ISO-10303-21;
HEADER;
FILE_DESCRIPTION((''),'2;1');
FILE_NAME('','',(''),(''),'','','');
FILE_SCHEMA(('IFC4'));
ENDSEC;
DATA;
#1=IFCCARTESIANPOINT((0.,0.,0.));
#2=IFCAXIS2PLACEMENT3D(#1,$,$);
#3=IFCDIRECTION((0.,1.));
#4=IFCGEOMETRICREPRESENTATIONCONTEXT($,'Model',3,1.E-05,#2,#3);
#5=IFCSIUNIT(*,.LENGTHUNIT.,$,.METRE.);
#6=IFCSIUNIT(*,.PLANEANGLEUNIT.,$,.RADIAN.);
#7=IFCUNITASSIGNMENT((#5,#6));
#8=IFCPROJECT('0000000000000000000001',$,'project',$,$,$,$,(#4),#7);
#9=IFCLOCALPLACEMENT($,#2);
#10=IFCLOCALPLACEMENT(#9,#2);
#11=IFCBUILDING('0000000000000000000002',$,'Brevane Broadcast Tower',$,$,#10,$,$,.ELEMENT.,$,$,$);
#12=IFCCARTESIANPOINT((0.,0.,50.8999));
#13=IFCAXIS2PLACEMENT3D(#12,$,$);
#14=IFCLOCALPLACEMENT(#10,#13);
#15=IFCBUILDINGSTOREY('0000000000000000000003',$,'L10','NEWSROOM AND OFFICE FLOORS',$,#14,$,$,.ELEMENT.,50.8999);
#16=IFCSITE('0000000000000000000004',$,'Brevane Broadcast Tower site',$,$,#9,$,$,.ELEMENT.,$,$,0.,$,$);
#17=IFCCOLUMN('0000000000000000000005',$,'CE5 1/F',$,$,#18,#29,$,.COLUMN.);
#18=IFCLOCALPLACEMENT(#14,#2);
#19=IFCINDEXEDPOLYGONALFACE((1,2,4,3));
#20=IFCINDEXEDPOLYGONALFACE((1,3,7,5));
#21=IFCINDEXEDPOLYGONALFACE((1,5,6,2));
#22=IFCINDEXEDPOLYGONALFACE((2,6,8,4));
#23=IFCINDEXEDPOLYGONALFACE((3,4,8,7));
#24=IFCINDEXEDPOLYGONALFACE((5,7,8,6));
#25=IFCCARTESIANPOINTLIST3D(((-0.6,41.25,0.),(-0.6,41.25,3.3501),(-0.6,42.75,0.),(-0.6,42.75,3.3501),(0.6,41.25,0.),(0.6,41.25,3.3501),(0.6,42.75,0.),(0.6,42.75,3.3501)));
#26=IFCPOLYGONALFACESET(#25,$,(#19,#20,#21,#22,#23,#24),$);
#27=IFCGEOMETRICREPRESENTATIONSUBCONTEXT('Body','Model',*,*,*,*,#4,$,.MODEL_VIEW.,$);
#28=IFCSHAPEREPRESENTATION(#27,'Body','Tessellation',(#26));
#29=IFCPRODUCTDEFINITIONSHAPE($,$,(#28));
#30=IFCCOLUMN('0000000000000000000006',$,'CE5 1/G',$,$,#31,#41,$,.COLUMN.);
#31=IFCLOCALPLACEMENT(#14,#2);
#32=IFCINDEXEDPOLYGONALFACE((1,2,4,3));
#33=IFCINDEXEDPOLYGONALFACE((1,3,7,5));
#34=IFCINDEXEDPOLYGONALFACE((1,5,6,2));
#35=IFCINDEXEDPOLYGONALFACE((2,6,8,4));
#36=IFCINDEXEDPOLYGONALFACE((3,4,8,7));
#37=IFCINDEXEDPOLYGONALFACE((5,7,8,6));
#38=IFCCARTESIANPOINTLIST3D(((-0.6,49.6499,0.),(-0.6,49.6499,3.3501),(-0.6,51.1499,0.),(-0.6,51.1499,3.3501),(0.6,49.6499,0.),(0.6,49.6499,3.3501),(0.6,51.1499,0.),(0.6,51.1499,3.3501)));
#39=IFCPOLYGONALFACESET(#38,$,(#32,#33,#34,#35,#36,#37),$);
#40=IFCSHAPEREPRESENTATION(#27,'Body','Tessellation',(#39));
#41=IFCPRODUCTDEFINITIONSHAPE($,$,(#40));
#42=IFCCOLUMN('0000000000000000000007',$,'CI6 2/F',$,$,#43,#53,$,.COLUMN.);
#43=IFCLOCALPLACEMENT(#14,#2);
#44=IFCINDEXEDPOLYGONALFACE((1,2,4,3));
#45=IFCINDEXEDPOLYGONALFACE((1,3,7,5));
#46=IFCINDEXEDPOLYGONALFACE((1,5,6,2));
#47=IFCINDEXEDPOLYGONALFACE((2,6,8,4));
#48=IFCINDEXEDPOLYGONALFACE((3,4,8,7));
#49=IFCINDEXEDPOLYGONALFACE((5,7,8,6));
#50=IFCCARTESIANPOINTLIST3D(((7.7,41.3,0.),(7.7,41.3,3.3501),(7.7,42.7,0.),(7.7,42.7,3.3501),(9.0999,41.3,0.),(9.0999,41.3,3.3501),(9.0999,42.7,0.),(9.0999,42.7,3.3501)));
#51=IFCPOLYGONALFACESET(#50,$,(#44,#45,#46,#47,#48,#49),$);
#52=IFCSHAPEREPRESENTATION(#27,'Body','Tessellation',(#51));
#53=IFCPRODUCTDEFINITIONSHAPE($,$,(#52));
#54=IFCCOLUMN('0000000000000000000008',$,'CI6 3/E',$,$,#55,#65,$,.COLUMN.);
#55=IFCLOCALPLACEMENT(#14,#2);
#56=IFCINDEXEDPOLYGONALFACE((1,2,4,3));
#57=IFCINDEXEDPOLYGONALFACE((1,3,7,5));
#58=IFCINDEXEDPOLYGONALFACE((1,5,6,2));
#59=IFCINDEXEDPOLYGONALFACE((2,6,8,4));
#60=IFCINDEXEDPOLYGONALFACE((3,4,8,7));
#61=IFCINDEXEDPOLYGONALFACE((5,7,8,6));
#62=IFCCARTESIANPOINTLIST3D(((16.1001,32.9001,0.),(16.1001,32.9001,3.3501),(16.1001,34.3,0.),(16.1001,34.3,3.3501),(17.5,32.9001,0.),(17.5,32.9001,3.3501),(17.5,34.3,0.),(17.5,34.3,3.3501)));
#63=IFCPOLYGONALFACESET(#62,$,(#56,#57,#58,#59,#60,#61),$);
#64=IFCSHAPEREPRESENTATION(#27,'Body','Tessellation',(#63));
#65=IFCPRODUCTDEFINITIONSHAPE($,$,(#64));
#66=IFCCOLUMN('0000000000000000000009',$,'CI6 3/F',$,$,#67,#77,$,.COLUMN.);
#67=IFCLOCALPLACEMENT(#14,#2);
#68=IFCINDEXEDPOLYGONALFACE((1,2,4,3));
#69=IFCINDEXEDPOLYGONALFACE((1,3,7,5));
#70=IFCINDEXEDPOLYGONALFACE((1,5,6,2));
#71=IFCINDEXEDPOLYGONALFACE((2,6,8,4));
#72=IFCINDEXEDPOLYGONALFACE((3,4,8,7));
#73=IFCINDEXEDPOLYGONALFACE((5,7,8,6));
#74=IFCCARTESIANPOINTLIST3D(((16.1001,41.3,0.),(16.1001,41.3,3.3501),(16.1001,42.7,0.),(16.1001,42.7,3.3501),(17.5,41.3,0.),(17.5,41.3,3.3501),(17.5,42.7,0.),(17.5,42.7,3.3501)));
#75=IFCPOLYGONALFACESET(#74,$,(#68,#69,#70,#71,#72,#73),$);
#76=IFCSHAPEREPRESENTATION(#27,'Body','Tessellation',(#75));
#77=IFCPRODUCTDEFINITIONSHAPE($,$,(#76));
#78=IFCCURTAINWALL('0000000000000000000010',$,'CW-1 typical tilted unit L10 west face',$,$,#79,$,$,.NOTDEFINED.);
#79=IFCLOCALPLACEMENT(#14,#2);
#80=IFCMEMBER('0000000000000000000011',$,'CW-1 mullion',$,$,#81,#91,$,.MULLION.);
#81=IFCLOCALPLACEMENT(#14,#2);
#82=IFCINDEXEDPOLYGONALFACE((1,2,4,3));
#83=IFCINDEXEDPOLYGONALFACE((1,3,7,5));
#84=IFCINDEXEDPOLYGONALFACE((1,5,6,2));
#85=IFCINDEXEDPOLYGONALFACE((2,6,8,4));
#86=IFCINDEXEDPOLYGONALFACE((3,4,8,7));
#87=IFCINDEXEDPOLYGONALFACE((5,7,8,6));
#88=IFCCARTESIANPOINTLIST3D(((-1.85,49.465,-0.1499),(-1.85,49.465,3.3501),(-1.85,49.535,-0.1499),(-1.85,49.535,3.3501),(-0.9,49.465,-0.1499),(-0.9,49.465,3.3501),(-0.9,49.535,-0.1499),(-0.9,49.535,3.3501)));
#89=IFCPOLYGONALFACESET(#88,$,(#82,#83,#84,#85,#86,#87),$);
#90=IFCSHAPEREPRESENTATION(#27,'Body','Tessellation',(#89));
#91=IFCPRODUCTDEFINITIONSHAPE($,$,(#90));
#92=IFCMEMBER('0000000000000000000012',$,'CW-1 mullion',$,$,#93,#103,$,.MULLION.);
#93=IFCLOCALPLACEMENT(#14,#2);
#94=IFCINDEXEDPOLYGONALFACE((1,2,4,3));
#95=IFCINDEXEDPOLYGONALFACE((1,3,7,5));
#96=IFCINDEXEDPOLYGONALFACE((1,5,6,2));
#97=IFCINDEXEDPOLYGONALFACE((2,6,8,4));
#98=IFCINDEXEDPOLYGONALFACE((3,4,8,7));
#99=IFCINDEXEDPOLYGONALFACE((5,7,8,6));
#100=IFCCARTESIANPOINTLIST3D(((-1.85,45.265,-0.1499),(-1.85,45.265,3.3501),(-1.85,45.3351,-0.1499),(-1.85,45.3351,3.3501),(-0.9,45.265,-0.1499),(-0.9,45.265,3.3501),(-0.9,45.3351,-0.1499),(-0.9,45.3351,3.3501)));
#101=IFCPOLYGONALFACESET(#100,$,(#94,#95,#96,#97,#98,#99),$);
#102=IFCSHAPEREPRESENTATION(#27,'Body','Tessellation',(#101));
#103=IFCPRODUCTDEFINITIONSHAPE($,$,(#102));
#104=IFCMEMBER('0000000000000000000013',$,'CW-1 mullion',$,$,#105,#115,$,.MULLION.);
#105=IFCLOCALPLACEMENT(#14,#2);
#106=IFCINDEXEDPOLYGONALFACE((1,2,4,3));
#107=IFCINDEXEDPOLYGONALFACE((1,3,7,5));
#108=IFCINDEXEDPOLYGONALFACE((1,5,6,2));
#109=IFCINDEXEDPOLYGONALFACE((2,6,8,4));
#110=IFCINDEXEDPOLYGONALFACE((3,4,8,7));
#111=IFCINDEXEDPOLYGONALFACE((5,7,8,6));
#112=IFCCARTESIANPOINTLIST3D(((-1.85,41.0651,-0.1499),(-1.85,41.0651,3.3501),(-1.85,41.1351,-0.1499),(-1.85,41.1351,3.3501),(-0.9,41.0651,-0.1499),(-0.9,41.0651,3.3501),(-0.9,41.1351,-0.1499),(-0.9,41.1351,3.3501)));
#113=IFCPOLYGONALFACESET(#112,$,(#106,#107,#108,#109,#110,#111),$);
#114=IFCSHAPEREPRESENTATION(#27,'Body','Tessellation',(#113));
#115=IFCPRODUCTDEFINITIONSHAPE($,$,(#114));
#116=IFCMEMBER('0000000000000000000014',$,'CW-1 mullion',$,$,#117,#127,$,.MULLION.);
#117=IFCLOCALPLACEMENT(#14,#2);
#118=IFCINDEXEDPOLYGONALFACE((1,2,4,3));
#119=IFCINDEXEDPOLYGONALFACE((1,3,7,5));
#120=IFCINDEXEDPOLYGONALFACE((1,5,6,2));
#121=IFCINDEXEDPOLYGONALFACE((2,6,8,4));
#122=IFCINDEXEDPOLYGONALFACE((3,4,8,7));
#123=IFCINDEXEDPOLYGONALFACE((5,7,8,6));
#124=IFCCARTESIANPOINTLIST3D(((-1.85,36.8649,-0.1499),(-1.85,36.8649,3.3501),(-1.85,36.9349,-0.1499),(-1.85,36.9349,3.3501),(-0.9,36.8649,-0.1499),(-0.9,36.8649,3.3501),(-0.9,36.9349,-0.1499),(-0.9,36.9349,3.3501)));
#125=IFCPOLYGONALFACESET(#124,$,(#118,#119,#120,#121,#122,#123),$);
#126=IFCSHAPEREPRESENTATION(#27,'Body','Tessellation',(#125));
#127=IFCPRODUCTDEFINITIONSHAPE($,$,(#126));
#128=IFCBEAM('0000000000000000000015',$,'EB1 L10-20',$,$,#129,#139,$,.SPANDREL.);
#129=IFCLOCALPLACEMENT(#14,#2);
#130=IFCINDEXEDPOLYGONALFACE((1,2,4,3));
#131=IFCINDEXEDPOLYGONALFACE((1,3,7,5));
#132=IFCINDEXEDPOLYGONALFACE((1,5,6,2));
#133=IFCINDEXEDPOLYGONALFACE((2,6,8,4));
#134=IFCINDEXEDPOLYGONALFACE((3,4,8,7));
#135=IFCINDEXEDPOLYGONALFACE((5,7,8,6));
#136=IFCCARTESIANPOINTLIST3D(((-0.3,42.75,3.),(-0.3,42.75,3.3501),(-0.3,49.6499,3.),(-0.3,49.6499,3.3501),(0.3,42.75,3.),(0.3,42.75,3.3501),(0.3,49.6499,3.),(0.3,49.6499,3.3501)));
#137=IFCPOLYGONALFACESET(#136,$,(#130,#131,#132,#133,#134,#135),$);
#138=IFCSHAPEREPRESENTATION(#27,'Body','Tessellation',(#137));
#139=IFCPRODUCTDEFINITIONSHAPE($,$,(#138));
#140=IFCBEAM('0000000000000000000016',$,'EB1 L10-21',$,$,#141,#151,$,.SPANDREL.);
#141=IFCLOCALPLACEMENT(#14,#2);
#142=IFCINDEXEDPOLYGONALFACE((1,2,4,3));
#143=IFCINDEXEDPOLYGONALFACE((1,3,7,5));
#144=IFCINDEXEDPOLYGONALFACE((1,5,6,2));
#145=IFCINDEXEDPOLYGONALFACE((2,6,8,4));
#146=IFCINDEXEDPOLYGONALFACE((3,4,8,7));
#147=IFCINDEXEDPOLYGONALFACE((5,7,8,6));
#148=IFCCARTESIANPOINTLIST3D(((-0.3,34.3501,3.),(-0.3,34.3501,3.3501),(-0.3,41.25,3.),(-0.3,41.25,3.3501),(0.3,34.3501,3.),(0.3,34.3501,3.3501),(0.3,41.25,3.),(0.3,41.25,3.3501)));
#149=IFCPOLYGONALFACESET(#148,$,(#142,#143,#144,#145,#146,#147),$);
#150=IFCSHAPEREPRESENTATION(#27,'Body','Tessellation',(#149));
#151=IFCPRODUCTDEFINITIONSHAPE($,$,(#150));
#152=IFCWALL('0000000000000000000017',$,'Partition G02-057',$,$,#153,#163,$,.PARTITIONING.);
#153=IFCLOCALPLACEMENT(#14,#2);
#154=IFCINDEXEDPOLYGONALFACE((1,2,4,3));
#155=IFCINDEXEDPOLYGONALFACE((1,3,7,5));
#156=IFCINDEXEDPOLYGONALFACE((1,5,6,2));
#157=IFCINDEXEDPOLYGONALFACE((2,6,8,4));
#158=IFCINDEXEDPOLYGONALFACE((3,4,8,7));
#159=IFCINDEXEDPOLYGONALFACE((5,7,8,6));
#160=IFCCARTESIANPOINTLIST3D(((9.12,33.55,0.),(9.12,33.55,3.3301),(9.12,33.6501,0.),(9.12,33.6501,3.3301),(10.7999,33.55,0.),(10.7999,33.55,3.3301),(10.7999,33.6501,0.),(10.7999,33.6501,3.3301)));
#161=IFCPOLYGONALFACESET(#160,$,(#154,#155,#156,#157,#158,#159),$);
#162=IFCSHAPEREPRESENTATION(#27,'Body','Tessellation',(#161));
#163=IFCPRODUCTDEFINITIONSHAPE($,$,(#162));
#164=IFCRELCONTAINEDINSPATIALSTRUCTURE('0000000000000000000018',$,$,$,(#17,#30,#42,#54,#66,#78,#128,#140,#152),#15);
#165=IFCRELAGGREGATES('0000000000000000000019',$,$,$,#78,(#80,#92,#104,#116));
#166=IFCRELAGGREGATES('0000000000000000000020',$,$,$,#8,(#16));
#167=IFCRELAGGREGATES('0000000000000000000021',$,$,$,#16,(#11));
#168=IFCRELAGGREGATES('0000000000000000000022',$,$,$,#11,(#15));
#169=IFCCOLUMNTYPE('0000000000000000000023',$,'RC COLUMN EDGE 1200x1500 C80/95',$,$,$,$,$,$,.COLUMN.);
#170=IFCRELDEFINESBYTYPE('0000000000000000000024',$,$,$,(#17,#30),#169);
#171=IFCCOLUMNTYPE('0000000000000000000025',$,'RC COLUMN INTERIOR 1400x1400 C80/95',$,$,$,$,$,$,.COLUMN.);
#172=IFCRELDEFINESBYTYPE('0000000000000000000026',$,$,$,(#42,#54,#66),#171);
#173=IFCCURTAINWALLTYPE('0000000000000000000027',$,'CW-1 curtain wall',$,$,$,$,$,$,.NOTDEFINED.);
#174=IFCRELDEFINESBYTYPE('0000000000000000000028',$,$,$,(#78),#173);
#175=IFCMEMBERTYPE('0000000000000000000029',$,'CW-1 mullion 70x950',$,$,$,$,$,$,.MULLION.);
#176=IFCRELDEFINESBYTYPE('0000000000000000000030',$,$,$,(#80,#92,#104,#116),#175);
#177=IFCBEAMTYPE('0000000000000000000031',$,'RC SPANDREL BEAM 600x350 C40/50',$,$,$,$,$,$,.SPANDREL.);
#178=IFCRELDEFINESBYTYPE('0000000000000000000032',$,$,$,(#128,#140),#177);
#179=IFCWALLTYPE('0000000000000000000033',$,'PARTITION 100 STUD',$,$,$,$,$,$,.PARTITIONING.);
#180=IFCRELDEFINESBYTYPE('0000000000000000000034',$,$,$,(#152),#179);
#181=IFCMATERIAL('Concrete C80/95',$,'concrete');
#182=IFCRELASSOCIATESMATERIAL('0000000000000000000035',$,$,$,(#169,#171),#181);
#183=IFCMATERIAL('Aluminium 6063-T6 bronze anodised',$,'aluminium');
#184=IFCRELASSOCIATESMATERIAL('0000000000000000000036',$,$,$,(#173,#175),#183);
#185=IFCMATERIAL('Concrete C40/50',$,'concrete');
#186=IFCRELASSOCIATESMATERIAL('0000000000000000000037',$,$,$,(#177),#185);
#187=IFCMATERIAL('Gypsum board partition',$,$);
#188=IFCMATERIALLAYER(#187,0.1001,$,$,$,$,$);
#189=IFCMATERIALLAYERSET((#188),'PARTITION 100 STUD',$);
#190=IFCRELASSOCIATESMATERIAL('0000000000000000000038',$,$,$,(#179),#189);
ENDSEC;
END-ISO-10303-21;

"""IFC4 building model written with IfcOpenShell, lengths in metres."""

from ifc_helpers import new_model, si_unit, direction, frame, frame_2d, origin, origin_2d, place, context, subcontext, project, spatial, rectangle, extrude, material, layer, layer_set, material_profile, profile_set, type_object, element, aggregate, save


model = new_model("IFC4")

# Units and contexts
model_context = context("Model", 3, precision=1e-05, world=origin(), true_north=direction((0.0, 1.0)))
body_context = subcontext(model_context, "Body", "Model", "MODEL_VIEW")
ifc_project = project(units=[si_unit("LENGTHUNIT", "METRE"), si_unit("PLANEANGLEUNIT", "RADIAN")], contexts=[model_context])

# Site, building, storey
site_placement = place(None, origin())
site = spatial("IfcSite", under=ifc_project, at=site_placement, Name="Brevane Broadcast Tower site", CompositionType="ELEMENT", RefElevation=0.0)
building_placement = place(site_placement, origin())
building = spatial("IfcBuilding", under=site, at=building_placement, Name="Brevane Broadcast Tower", CompositionType="ELEMENT")
storey_placement = place(building_placement, frame((0.0, 0.0, 50.8999)))
storey = spatial("IfcBuildingStorey", under=building, at=storey_placement, Name="L10", Description="NEWSROOM AND OFFICE FLOORS", CompositionType="ELEMENT", Elevation=50.8999)

# Columns
ifc_material_1 = material(Name="Concrete C80/95", Category="concrete")
ifc_material_profile_1 = material_profile(ifc_material_1, rectangle(XDim=1.2, YDim=1.5, at=origin_2d()), Name="RC 1200x1500")
ifc_profile_set_1 = profile_set([ifc_material_profile_1], Name="Concrete C80/95")
column_type_1 = type_object("IfcColumnType", Name="RC COLUMN EDGE 1200x1500 C80/95", PredefinedType="COLUMN", material=ifc_profile_set_1)
for number, where, z_axis, x_axis, name in (
    (1, (0.0, 42.0, 0.0), (0.0, 0.0, 1.0), (1.0, 0.0, 0.0), "CE5 1/F"),
    (2, (0.0, 50.3999, 0.0), (0.0, 0.0, 1.0), (1.0, 0.0, 0.0), "CE5 1/G"),
):
    element("IfcColumn", number, at=place(storey_placement, frame(where, z_axis=z_axis, x_axis=x_axis)), inside=storey, type_object=column_type_1, Name=name, PredefinedType="COLUMN", context=body_context, shape_type="SweptSolid", body=[
        extrude(rectangle(XDim=1.2, YDim=1.5, at=origin_2d()), origin(), (0.0, 0.0, 1.0), 3.3501),
    ])
ifc_material_profile_2 = material_profile(ifc_material_1, rectangle(XDim=1.3999, YDim=1.3999, at=origin_2d()), Name="RC 1400x1400")
ifc_profile_set_2 = profile_set([ifc_material_profile_2], Name="Concrete C80/95")
column_type_2 = type_object("IfcColumnType", Name="RC COLUMN INTERIOR 1400x1400 C80/95", PredefinedType="COLUMN", material=ifc_profile_set_2)
for number, where, z_axis, x_axis, name in (
    (3, (8.3999, 42.0, 0.0), (0.0, 0.0, 1.0), (1.0, 0.0, 0.0), "CI6 2/F"),
    (4, (16.8, 33.6001, 0.0), (0.0, 0.0, 1.0), (1.0, 0.0, 0.0), "CI6 3/E"),
    (5, (16.8, 42.0, 0.0), (0.0, 0.0, 1.0), (1.0, 0.0, 0.0), "CI6 3/F"),
):
    element("IfcColumn", number, at=place(storey_placement, frame(where, z_axis=z_axis, x_axis=x_axis)), inside=storey, type_object=column_type_2, Name=name, PredefinedType="COLUMN", context=body_context, shape_type="SweptSolid", body=[
        extrude(rectangle(XDim=1.3999, YDim=1.3999, at=origin_2d()), origin(), (0.0, 0.0, 1.0), 3.3501),
    ])

# Curtain wall, members
ifc_material_2 = material(Name="Aluminium 6063-T6 bronze anodised", Category="aluminium")
curtain_wall_type = type_object("IfcCurtainWallType", Name="CW-1 curtain wall", PredefinedType="NOTDEFINED", material=ifc_material_2)
curtain_wall_placement = place(storey_placement, origin())
curtain_wall = element("IfcCurtainWall", 6, at=curtain_wall_placement, inside=storey, type_object=curtain_wall_type, Name="CW-1 typical tilted unit L10 west face", PredefinedType="NOTDEFINED")
ifc_material_profile_3 = material_profile(ifc_material_2, rectangle(XDim=0.95, YDim=0.0701, at=origin_2d()), Name="RECT 70x950")
ifc_profile_set_3 = profile_set([ifc_material_profile_3], Name="Aluminium 6063-T6 bronze anodised")
member_type = type_object("IfcMemberType", Name="CW-1 mullion 70x950", PredefinedType="MULLION", material=ifc_profile_set_3)
member_1_placement = place(storey_placement, frame((-1.375, 49.5, -0.1499), z_axis=(0.0, 0.0, 1.0), x_axis=(1.0, 0.0, 0.0)))
member_1 = element("IfcMember", 7, at=member_1_placement, type_object=member_type, Name="CW-1 mullion", PredefinedType="MULLION", context=body_context, shape_type="SweptSolid", body=[
    extrude(rectangle(XDim=0.95, YDim=0.0701, at=origin_2d()), origin(), (0.0, 0.0, 1.0), 3.5),
])
member_2_placement = place(storey_placement, frame((-1.375, 45.3, -0.1499), z_axis=(0.0, 0.0, 1.0), x_axis=(1.0, 0.0, 0.0)))
member_2 = element("IfcMember", 8, at=member_2_placement, type_object=member_type, Name="CW-1 mullion", PredefinedType="MULLION", context=body_context, shape_type="SweptSolid", body=[
    extrude(rectangle(XDim=0.95, YDim=0.0701, at=origin_2d()), origin(), (0.0, 0.0, 1.0), 3.5),
])
member_3_placement = place(storey_placement, frame((-1.375, 41.1001, -0.1499), z_axis=(0.0, 0.0, 1.0), x_axis=(1.0, 0.0, 0.0)))
member_3 = element("IfcMember", 9, at=member_3_placement, type_object=member_type, Name="CW-1 mullion", PredefinedType="MULLION", context=body_context, shape_type="SweptSolid", body=[
    extrude(rectangle(XDim=0.95, YDim=0.0701, at=origin_2d()), origin(), (0.0, 0.0, 1.0), 3.5),
])
member_4_placement = place(storey_placement, frame((-1.375, 36.8999, -0.1499), z_axis=(0.0, 0.0, 1.0), x_axis=(1.0, 0.0, 0.0)))
member_4 = element("IfcMember", 10, at=member_4_placement, type_object=member_type, Name="CW-1 mullion", PredefinedType="MULLION", context=body_context, shape_type="SweptSolid", body=[
    extrude(rectangle(XDim=0.95, YDim=0.0701, at=origin_2d()), origin(), (0.0, 0.0, 1.0), 3.5),
])
aggregate(curtain_wall, [member_1, member_2, member_3, member_4])

# Beams
ifc_material_3 = material(Name="Concrete C40/50", Category="concrete")
ifc_material_profile_4 = material_profile(ifc_material_3, rectangle(XDim=0.6001, YDim=0.3501, at=origin_2d()), Name="RC 600x350")
ifc_profile_set_4 = profile_set([ifc_material_profile_4], Name="Concrete C40/50")
beam_type = type_object("IfcBeamType", Name="RC SPANDREL BEAM 600x350 C40/50", PredefinedType="SPANDREL", material=ifc_profile_set_4)
for number, where, z_axis, x_axis, name in (
    (11, (0.0, 49.6499, 3.175), (0.0, -1.0, 0.0), (1.0, 0.0, 0.0), "EB1 L10-20"),
    (12, (0.0, 41.25, 3.175), (0.0, -1.0, 0.0), (1.0, 0.0, 0.0), "EB1 L10-21"),
):
    element("IfcBeam", number, at=place(storey_placement, frame(where, z_axis=z_axis, x_axis=x_axis)), inside=storey, type_object=beam_type, Name=name, PredefinedType="SPANDREL", context=body_context, shape_type="SweptSolid", body=[
        extrude(rectangle(XDim=0.6001, YDim=0.3501, at=origin_2d()), origin(), (0.0, 0.0, 1.0), 6.8999),
    ])

# Wall
ifc_material_4 = material(Name="Gypsum board partition")
ifc_layer_1 = layer(ifc_material_4, 0.1001)
ifc_layer_set_1 = layer_set([ifc_layer_1], Name="PARTITION 100 STUD")
wall_type_1 = type_object("IfcWallType", Name="PARTITION 100 STUD", PredefinedType="PARTITIONING", material=ifc_layer_set_1)
wall_1_placement = place(storey_placement, frame((9.1201, 33.6001, 0.0), z_axis=(0.0, 0.0, 1.0), x_axis=(1.0, 0.0, 0.0)))
element("IfcWall", 13, at=wall_1_placement, inside=storey, type_object=wall_type_1, Name="Partition G02-057", PredefinedType="PARTITIONING", context=body_context, shape_type="SweptSolid", body=[
    extrude(rectangle(XDim=1.6799, YDim=0.1001, at=frame_2d((0.8398, 0.0))), origin(), (0.0, 0.0, 1.0), 3.3301),
])

save(model, "model.ifc")
